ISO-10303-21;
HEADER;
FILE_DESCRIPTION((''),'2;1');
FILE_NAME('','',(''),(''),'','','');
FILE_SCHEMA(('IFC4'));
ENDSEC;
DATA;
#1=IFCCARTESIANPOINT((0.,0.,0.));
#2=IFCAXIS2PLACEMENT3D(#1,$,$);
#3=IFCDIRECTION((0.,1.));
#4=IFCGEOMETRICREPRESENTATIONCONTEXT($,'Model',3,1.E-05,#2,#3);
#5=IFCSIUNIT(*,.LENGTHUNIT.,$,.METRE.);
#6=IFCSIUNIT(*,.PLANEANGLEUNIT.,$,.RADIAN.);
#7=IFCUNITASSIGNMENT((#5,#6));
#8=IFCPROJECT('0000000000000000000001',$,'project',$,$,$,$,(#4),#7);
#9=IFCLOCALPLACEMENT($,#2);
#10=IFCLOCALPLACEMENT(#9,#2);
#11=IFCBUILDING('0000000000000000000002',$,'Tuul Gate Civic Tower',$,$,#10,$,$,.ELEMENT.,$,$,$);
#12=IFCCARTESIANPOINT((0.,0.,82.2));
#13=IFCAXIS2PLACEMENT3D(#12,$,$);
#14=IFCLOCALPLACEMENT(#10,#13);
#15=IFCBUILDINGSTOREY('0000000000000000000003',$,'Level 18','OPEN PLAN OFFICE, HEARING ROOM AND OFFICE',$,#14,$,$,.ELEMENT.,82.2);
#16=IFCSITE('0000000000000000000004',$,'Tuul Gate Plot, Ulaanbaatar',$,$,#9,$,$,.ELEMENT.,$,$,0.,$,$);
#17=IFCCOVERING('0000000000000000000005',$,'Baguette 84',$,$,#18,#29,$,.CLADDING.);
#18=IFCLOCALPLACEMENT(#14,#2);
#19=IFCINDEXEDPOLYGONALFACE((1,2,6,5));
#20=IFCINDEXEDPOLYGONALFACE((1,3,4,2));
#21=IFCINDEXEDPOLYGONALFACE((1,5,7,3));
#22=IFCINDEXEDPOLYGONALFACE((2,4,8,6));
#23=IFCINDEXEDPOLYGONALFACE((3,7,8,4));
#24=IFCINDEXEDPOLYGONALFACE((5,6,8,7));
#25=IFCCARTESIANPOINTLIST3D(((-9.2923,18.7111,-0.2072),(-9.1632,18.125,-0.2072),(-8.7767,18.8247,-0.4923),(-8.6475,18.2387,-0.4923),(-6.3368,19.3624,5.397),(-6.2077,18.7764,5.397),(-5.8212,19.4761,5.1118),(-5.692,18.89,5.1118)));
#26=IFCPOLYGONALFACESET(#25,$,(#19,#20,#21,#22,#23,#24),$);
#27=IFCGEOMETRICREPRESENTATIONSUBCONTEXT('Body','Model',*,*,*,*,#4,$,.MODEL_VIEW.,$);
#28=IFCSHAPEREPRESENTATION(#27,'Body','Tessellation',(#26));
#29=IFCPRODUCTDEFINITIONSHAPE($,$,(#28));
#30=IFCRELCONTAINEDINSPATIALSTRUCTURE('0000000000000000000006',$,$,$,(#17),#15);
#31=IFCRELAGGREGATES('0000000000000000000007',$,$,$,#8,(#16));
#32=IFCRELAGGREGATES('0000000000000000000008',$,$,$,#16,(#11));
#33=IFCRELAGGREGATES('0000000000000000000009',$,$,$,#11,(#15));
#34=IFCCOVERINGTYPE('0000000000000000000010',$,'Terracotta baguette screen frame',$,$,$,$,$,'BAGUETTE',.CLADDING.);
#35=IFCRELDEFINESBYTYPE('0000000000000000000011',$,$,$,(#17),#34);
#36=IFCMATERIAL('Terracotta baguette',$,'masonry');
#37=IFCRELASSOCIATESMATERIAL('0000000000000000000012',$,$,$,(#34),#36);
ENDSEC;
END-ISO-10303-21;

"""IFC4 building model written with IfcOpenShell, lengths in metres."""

from ifc_helpers import new_model, si_unit, direction, frame, origin, origin_2d, place, context, subcontext, project, spatial, rectangle, extrude, material, material_profile, profile_set, type_object, element, save


model = new_model("IFC4")

# Units and contexts
model_context = context("Model", 3, precision=1e-05, world=origin(), true_north=direction((0.0, 1.0)))
body_context = subcontext(model_context, "Body", "Model", "MODEL_VIEW")
ifc_project = project(units=[si_unit("LENGTHUNIT", "METRE"), si_unit("PLANEANGLEUNIT", "RADIAN")], contexts=[model_context])

# Site, building, storey
site_placement = place(None, origin())
site = spatial("IfcSite", under=ifc_project, at=site_placement, Name="Tuul Gate Plot, Ulaanbaatar", CompositionType="ELEMENT", RefElevation=0.0)
building_placement = place(site_placement, origin())
building = spatial("IfcBuilding", under=site, at=building_placement, Name="Tuul Gate Civic Tower", CompositionType="ELEMENT")
storey_placement = place(building_placement, frame((0.0, 0.0, 82.2)))
storey = spatial("IfcBuildingStorey", under=building, at=storey_placement, Name="Level 18", Description="OPEN PLAN OFFICE, HEARING ROOM AND OFFICE", CompositionType="ELEMENT", Elevation=82.2)

# Covering
ifc_material_1 = material(Name="Terracotta baguette", Category="masonry")
ifc_material_profile_1 = material_profile(ifc_material_1, rectangle(XDim=0.6001, YDim=0.6001, at=origin_2d()), Name="Terracotta baguette screen frame")
ifc_profile_set_1 = profile_set([ifc_material_profile_1], Name="Terracotta baguette")
covering_type = type_object("IfcCoveringType", Name="Terracotta baguette screen frame", ElementType="BAGUETTE", PredefinedType="CLADDING", material=ifc_profile_set_1)
covering_1_placement = place(storey_placement, frame((-6.0144, 19.1262, 5.2544), z_axis=(-0.464037, -0.102268, -0.879892), x_axis=(0.215222, -0.976565, 0.0)))
element("IfcCovering", 1, at=covering_1_placement, inside=storey, type_object=covering_type, Name="Baguette 84", PredefinedType="CLADDING", context=body_context, shape_type="SweptSolid", body=[
    extrude(rectangle(XDim=0.6001, YDim=0.6001, at=origin_2d()), origin(), (0.0, 0.0, 1.0), 6.3691),
])

save(model, "model.ifc")
